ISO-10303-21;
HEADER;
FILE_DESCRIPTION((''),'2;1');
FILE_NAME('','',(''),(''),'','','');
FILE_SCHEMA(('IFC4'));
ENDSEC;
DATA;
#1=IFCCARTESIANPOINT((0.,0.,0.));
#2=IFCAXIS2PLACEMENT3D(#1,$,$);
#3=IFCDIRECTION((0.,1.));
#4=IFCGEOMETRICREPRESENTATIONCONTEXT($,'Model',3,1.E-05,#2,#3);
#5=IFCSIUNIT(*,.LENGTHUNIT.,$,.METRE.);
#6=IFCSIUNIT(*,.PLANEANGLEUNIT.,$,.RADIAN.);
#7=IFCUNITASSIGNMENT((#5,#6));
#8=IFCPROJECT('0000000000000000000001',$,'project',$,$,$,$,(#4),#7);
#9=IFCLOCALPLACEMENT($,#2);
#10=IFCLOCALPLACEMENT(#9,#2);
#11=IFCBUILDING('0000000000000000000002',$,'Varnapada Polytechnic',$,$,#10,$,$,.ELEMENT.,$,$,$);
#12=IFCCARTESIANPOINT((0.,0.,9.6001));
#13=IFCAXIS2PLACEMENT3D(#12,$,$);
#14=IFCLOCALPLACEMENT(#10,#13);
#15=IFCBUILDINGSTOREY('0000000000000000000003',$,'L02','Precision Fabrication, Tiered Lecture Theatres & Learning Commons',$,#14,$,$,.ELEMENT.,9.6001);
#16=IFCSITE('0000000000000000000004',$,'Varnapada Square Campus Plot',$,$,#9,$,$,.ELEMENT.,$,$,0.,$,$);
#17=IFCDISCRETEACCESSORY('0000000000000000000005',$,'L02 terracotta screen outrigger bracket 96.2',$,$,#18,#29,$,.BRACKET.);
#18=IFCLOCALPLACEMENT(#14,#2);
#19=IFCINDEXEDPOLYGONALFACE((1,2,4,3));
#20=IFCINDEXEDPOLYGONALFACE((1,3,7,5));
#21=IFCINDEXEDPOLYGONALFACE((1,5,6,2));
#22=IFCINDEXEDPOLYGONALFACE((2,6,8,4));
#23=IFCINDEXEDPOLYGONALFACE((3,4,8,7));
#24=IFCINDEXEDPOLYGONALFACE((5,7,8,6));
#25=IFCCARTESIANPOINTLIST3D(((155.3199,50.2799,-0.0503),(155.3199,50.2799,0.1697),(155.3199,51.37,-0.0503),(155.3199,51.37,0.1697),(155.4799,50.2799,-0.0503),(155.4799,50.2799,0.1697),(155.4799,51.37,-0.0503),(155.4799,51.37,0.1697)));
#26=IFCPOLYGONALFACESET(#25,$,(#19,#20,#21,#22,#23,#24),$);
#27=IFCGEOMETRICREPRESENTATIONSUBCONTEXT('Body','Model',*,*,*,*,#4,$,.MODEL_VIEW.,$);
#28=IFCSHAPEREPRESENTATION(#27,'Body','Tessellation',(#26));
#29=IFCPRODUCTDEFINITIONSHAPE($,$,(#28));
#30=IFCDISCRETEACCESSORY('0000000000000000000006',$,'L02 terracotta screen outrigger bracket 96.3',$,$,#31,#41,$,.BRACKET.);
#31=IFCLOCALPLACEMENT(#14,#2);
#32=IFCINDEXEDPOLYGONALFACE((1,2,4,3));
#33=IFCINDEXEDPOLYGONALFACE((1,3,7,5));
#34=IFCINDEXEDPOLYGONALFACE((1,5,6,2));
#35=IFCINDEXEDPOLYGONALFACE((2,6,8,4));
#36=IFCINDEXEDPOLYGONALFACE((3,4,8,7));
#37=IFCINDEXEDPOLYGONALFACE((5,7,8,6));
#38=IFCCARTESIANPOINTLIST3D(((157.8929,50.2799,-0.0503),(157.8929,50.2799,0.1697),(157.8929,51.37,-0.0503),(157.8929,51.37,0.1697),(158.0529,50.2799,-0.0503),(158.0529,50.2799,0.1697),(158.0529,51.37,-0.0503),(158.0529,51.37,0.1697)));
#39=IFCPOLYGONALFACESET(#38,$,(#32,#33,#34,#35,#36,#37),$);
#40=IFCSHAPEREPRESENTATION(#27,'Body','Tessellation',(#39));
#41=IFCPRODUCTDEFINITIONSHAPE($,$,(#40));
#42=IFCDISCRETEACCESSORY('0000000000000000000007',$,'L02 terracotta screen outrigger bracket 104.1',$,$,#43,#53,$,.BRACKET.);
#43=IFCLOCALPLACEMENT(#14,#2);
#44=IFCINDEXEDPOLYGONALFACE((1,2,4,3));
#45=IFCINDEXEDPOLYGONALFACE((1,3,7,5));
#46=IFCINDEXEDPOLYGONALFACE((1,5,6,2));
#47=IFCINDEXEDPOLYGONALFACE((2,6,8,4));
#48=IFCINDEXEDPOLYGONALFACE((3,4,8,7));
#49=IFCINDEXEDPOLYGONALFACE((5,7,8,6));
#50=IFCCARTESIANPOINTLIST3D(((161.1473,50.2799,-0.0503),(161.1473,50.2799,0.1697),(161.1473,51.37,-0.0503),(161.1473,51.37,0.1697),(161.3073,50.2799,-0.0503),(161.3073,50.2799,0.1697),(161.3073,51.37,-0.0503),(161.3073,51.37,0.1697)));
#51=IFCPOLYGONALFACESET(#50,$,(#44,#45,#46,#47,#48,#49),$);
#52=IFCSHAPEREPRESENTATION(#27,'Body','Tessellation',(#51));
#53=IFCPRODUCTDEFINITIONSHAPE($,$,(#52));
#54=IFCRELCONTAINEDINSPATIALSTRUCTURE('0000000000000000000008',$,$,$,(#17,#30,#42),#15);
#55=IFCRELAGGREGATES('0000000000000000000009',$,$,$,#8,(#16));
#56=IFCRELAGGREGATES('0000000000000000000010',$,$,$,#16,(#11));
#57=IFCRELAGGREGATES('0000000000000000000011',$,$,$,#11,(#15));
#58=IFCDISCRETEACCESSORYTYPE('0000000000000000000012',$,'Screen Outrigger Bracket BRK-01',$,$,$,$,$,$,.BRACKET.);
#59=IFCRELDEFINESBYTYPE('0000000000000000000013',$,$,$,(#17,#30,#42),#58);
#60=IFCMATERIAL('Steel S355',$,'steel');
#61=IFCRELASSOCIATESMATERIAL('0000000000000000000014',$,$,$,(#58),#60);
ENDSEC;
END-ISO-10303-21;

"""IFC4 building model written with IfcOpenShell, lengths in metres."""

from ifc_helpers import new_model, si_unit, direction, frame, origin, origin_2d, place, context, subcontext, project, spatial, rectangle, extrude, material, type_object, element, save


model = new_model("IFC4")

# Units and contexts
model_context = context("Model", 3, precision=1e-05, world=origin(), true_north=direction((0.0, 1.0)))
body_context = subcontext(model_context, "Body", "Model", "MODEL_VIEW")
ifc_project = project(units=[si_unit("LENGTHUNIT", "METRE"), si_unit("PLANEANGLEUNIT", "RADIAN")], contexts=[model_context])

# Site, building, storey
site_placement = place(None, origin())
site = spatial("IfcSite", under=ifc_project, at=site_placement, Name="Varnapada Square Campus Plot", CompositionType="ELEMENT", RefElevation=0.0)
building_placement = place(site_placement, origin())
building = spatial("IfcBuilding", under=site, at=building_placement, Name="Varnapada Polytechnic", CompositionType="ELEMENT")
storey_placement = place(building_placement, frame((0.0, 0.0, 9.6001)))
storey = spatial("IfcBuildingStorey", under=building, at=storey_placement, Name="L02", Description="Precision Fabrication, Tiered Lecture Theatres & Learning Commons", CompositionType="ELEMENT", Elevation=9.6001)

# Discrete accessories
ifc_material_1 = material(Name="Steel S355", Category="steel")
discrete_accessory_type = type_object("IfcDiscreteAccessoryType", Name="Screen Outrigger Bracket BRK-01", PredefinedType="BRACKET", material=ifc_material_1)
for number, where, z_axis, x_axis, name in (
    (1, (155.3999, 50.825, -0.0503), (0.0, 0.0, 1.0), (1.0, 0.0, 0.0), "L02 terracotta screen outrigger bracket 96.2"),
    (2, (157.9729, 50.825, -0.0503), (0.0, 0.0, 1.0), (1.0, 0.0, 0.0), "L02 terracotta screen outrigger bracket 96.3"),
    (3, (161.2273, 50.825, -0.0503), (0.0, 0.0, 1.0), (1.0, 0.0, 0.0), "L02 terracotta screen outrigger bracket 104.1"),
):
    element("IfcDiscreteAccessory", number, at=place(storey_placement, frame(where, z_axis=z_axis, x_axis=x_axis)), inside=storey, type_object=discrete_accessory_type, Name=name, PredefinedType="BRACKET", context=body_context, shape_type="SweptSolid", body=[
        extrude(rectangle(XDim=0.1599, YDim=1.0901, at=origin_2d()), origin(), (0.0, 0.0, 1.0), 0.22),
    ])

save(model, "model.ifc")
